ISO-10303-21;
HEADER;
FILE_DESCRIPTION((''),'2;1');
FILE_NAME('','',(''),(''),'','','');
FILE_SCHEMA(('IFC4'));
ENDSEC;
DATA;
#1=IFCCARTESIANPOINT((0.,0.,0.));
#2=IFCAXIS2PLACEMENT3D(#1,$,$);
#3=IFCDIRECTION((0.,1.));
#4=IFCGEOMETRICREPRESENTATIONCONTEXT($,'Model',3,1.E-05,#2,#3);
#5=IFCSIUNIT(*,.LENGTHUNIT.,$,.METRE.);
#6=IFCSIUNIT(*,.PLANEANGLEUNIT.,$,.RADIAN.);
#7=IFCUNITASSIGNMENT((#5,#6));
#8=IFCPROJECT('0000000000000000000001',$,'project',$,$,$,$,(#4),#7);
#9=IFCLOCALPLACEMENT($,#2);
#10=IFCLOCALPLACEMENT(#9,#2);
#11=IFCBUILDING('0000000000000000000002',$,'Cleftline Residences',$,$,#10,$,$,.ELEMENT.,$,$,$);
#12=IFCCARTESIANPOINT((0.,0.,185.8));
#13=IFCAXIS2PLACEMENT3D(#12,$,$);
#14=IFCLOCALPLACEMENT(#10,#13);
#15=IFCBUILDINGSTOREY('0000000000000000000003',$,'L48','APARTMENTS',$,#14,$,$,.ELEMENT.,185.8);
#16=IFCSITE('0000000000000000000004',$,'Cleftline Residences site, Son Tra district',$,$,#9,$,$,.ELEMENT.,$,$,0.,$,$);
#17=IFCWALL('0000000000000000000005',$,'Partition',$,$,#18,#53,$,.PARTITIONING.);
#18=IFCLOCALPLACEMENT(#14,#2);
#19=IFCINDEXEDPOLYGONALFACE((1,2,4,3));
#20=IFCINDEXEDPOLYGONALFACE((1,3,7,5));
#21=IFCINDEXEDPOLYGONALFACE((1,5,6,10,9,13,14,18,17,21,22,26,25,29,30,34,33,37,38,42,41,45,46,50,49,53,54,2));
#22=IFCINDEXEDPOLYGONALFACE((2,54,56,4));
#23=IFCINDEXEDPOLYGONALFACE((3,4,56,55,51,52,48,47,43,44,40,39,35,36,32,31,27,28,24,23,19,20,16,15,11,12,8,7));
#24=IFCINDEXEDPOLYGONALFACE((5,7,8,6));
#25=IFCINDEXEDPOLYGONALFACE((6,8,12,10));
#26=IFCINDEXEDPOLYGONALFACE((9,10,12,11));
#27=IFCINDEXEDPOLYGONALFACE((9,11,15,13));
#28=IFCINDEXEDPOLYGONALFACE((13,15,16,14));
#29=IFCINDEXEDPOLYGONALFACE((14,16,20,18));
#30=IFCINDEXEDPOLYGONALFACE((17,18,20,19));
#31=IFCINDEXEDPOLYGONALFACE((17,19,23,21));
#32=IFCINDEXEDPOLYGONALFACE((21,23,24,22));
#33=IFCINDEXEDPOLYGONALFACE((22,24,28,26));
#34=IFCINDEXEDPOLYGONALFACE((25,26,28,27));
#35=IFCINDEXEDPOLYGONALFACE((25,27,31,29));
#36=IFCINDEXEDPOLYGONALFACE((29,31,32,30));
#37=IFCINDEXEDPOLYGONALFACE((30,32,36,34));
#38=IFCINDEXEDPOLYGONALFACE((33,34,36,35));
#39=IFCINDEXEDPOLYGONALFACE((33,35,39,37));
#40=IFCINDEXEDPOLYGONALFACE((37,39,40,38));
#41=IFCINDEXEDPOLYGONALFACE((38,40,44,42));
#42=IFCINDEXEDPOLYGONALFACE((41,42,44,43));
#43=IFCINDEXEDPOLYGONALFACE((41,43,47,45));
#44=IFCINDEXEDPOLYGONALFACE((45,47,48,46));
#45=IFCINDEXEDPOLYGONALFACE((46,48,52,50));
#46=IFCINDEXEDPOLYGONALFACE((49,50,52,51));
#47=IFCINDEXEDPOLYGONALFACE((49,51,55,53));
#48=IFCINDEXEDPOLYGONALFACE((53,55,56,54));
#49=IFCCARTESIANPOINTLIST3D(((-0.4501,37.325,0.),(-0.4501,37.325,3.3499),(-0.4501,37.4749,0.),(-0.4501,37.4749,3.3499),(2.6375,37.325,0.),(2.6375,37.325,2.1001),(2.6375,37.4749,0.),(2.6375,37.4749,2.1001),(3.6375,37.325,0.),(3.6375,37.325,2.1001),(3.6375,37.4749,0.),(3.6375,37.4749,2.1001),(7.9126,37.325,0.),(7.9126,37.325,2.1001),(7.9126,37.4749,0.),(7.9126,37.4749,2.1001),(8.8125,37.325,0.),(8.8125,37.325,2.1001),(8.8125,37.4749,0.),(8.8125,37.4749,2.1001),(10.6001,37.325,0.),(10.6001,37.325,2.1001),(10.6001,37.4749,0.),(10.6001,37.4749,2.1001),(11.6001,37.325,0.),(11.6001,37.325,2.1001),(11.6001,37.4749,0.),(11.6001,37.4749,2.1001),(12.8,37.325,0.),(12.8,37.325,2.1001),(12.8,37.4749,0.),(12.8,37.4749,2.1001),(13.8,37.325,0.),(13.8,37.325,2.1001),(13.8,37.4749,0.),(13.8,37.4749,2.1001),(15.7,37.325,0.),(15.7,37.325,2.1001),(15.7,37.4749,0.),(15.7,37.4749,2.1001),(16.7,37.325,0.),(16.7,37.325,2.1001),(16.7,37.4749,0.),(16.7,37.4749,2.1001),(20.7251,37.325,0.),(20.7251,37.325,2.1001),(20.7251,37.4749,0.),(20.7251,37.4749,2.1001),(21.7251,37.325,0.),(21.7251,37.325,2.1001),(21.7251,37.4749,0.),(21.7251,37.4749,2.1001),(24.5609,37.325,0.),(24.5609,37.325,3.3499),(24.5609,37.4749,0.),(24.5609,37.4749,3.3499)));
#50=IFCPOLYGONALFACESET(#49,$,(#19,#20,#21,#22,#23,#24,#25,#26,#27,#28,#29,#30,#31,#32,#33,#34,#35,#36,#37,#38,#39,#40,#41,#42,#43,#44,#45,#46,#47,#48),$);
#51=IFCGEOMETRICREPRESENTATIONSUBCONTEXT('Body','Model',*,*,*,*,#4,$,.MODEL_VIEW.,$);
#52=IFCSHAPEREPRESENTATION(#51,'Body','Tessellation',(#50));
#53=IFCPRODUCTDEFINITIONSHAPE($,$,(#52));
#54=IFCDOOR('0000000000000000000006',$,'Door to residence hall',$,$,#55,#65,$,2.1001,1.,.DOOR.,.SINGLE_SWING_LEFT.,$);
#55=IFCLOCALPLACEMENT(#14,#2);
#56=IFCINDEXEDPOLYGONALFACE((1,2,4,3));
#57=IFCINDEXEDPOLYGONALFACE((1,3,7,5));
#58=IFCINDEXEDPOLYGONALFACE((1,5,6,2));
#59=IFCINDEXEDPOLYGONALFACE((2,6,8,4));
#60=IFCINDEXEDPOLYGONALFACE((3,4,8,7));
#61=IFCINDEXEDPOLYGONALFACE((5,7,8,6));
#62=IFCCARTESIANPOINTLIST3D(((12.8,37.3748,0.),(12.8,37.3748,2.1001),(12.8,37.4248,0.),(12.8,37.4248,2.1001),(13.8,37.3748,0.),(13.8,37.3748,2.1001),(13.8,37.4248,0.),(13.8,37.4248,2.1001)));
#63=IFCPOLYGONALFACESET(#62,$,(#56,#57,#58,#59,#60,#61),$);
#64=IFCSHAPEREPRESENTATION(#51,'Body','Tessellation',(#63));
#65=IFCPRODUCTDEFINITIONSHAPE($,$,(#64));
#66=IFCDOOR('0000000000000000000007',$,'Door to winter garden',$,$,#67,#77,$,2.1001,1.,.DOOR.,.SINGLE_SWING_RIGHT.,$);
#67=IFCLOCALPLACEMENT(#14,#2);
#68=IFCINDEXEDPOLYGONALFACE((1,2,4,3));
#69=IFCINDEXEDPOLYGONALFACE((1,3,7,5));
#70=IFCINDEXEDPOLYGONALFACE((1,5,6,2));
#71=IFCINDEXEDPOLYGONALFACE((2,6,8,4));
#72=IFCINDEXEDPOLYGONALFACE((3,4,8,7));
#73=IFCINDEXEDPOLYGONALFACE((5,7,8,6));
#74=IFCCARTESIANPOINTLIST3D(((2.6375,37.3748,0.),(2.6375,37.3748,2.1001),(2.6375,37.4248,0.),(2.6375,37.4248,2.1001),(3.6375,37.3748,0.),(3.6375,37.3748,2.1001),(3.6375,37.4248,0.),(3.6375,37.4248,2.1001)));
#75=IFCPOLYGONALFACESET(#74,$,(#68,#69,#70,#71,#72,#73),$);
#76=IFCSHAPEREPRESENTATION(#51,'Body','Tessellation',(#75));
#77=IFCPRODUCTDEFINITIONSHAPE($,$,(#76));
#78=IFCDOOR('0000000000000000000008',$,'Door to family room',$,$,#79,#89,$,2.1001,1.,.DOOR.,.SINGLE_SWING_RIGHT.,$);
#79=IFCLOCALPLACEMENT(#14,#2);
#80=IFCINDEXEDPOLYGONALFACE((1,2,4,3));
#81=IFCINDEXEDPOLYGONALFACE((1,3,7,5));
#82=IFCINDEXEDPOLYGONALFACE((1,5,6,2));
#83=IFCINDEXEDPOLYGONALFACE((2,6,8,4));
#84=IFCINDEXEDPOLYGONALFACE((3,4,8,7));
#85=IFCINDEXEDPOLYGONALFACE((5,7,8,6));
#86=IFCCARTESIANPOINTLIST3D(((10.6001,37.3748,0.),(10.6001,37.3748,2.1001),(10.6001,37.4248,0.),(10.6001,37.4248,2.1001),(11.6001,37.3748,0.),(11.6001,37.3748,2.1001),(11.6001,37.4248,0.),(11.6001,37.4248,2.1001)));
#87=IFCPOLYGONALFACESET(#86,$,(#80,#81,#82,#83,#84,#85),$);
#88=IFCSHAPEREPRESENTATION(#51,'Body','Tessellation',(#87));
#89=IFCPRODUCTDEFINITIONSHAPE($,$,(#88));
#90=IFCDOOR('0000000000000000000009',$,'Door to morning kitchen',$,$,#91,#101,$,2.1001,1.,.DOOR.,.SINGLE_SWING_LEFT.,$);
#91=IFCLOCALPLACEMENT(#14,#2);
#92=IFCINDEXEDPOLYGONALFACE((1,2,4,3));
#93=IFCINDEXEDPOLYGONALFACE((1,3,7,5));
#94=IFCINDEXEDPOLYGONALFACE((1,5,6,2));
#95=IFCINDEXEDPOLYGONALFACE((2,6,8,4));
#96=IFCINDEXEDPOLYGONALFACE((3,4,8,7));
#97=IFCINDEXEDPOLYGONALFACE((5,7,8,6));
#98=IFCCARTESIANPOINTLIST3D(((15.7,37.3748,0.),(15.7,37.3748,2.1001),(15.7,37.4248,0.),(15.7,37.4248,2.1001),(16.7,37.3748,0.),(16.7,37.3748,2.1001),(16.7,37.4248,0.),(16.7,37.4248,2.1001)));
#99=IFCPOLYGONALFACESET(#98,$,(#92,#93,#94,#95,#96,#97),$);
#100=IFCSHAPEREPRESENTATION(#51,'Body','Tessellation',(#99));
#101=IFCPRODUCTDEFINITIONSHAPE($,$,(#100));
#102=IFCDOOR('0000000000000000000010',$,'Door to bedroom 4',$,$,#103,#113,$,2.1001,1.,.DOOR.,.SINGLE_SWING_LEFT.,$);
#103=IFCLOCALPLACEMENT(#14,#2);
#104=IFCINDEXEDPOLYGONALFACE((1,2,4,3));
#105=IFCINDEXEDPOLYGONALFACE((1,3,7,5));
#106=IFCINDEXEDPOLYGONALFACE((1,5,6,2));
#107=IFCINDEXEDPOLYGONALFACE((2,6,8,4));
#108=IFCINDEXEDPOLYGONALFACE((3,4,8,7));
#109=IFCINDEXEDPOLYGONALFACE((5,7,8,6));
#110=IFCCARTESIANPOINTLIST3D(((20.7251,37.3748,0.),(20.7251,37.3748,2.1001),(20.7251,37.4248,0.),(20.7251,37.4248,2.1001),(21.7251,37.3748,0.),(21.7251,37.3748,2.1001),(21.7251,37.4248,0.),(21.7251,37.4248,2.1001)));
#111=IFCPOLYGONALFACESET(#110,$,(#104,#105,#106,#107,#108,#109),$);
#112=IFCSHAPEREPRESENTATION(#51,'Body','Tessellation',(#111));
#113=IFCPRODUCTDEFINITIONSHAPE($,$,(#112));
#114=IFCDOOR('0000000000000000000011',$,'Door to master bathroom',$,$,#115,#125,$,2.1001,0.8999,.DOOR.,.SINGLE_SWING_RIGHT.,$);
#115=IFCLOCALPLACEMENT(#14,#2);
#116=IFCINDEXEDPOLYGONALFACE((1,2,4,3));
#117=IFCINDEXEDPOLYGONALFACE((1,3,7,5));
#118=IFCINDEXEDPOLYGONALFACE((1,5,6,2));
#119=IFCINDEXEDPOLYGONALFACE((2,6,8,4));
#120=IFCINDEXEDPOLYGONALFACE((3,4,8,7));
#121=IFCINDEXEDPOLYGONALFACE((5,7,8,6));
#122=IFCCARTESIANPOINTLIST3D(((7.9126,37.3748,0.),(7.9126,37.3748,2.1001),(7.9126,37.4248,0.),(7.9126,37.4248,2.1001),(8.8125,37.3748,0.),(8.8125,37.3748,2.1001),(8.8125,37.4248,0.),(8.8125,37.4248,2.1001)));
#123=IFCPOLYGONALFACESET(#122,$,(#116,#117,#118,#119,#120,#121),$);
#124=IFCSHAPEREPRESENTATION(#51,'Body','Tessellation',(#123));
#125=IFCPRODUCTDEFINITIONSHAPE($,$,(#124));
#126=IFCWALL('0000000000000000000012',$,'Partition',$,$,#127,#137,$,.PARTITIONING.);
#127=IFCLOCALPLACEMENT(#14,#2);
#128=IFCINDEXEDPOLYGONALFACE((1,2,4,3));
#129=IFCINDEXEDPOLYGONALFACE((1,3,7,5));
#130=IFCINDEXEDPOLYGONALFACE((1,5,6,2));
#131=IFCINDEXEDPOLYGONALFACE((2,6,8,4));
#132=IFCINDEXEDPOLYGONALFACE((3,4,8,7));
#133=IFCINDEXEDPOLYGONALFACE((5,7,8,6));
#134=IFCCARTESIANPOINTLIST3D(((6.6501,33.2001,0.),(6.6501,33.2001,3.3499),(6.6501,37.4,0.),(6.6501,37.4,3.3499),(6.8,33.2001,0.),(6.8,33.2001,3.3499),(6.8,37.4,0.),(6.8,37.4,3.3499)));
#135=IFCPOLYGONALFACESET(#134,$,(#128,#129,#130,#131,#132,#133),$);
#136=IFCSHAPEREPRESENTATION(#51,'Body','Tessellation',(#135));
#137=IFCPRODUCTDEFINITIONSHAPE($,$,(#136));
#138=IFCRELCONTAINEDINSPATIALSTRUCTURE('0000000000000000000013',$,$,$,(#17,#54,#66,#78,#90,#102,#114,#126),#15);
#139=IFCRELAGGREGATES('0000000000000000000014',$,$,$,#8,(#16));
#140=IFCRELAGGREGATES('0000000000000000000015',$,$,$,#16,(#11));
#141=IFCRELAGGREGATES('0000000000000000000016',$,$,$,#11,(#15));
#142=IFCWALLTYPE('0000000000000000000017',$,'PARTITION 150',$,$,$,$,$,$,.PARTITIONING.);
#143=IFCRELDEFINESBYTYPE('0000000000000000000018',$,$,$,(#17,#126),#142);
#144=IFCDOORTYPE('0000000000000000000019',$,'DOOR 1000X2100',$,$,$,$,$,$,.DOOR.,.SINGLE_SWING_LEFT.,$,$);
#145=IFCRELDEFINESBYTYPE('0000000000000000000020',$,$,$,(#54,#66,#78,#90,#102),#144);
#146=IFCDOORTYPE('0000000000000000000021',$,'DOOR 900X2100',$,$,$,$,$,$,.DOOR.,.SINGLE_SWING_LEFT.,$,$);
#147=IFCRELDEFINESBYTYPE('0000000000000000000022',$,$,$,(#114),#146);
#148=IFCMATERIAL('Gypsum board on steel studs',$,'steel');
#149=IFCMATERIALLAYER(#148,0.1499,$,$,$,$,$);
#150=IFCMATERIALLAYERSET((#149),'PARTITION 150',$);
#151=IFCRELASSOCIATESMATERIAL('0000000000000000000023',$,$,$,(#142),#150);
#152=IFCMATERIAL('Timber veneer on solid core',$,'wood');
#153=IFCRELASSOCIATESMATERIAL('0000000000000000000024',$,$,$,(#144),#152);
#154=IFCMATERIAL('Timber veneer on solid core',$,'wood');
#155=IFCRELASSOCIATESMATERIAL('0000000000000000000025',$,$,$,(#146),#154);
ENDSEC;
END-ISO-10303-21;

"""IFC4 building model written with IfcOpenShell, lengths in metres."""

from ifc_helpers import new_model, si_unit, direction, frame, frame_2d, origin, place, context, subcontext, project, spatial, rectangle, extrude, material, layer, layer_set, type_object, element, fill, save


model = new_model("IFC4")

# Units and contexts
model_context = context("Model", 3, precision=1e-05, world=origin(), true_north=direction((0.0, 1.0)))
body_context = subcontext(model_context, "Body", "Model", "MODEL_VIEW")
ifc_project = project(units=[si_unit("LENGTHUNIT", "METRE"), si_unit("PLANEANGLEUNIT", "RADIAN")], contexts=[model_context])

# Site, building, storey
site_placement = place(None, origin())
site = spatial("IfcSite", under=ifc_project, at=site_placement, Name="Cleftline Residences site, Son Tra district", CompositionType="ELEMENT", RefElevation=0.0)
building_placement = place(site_placement, origin())
building = spatial("IfcBuilding", under=site, at=building_placement, Name="Cleftline Residences", CompositionType="ELEMENT")
storey_placement = place(building_placement, frame((0.0, 0.0, 185.8)))
storey = spatial("IfcBuildingStorey", under=building, at=storey_placement, Name="L48", Description="APARTMENTS", CompositionType="ELEMENT", Elevation=185.8)

# Shared definitions
ifc_material_1 = material(Name="Gypsum board on steel studs", Category="steel")
ifc_layer = layer(ifc_material_1, 0.1499)
ifc_layer_set = layer_set([ifc_layer], Name="PARTITION 150")
wall_type = type_object("IfcWallType", Name="PARTITION 150", PredefinedType="PARTITIONING", material=ifc_layer_set)

# Wall, openings, doors
wall_1_placement = place(storey_placement, frame((-0.45, 37.3999, 0.0), z_axis=(0.0, 0.0, 1.0), x_axis=(1.0, 0.0, 0.0)))
wall_1 = element("IfcWall", 1, at=wall_1_placement, inside=storey, type_object=wall_type, Name="Partition", PredefinedType="PARTITIONING", context=body_context, shape_type="SweptSolid", body=[
    extrude(rectangle(XDim=25.011, YDim=0.1499, at=frame_2d((12.5054, 0.0))), origin(), (0.0, 0.0, 1.0), 3.3499),
])
opening_1_placement = place(wall_1_placement, frame((13.25, 0.0, 0.0)))
opening_1 = element("IfcOpeningElement", 2, at=opening_1_placement, cuts=wall_1, PredefinedType="OPENING", context=body_context, shape_type="SweptSolid", body=[
    extrude(rectangle(XDim=1.0, YDim=2.1001, at=frame_2d((0.5, 1.05))), frame((0.0, 0.085, 0.0), z_axis=(0.0, -1.0, 0.0), x_axis=(1.0, 0.0, 0.0)), (0.0, 0.0, 1.0), 0.1699),
])
opening_2_placement = place(wall_1_placement, frame((3.0874, 0.0, 0.0)))
opening_2 = element("IfcOpeningElement", 3, at=opening_2_placement, cuts=wall_1, PredefinedType="OPENING", context=body_context, shape_type="SweptSolid", body=[
    extrude(rectangle(XDim=1.0, YDim=2.1001, at=frame_2d((0.5, 1.05))), frame((0.0, 0.085, 0.0), z_axis=(0.0, -1.0, 0.0), x_axis=(1.0, 0.0, 0.0)), (0.0, 0.0, 1.0), 0.1699),
])
opening_3_placement = place(wall_1_placement, frame((8.3625, 0.0, 0.0)))
opening_3 = element("IfcOpeningElement", 4, at=opening_3_placement, cuts=wall_1, PredefinedType="OPENING", context=body_context, shape_type="SweptSolid", body=[
    extrude(rectangle(XDim=0.8999, YDim=2.1001, at=frame_2d((0.45, 1.05))), frame((0.0, 0.085, 0.0), z_axis=(0.0, -1.0, 0.0), x_axis=(1.0, 0.0, 0.0)), (0.0, 0.0, 1.0), 0.1699),
])
opening_4_placement = place(wall_1_placement, frame((11.05, 0.0, 0.0)))
opening_4 = element("IfcOpeningElement", 5, at=opening_4_placement, cuts=wall_1, PredefinedType="OPENING", context=body_context, shape_type="SweptSolid", body=[
    extrude(rectangle(XDim=1.0, YDim=2.1001, at=frame_2d((0.5, 1.05))), frame((0.0, 0.085, 0.0), z_axis=(0.0, -1.0, 0.0), x_axis=(1.0, 0.0, 0.0)), (0.0, 0.0, 1.0), 0.1699),
])
opening_5_placement = place(wall_1_placement, frame((16.1499, 0.0, 0.0)))
opening_5 = element("IfcOpeningElement", 6, at=opening_5_placement, cuts=wall_1, PredefinedType="OPENING", context=body_context, shape_type="SweptSolid", body=[
    extrude(rectangle(XDim=1.0, YDim=2.1001, at=frame_2d((0.5, 1.05))), frame((0.0, 0.085, 0.0), z_axis=(0.0, -1.0, 0.0), x_axis=(1.0, 0.0, 0.0)), (0.0, 0.0, 1.0), 0.1699),
])
opening_6_placement = place(wall_1_placement, frame((21.175, 0.0, 0.0)))
opening_6 = element("IfcOpeningElement", 7, at=opening_6_placement, cuts=wall_1, PredefinedType="OPENING", context=body_context, shape_type="SweptSolid", body=[
    extrude(rectangle(XDim=1.0, YDim=2.1001, at=frame_2d((0.5, 1.05))), frame((0.0, 0.085, 0.0), z_axis=(0.0, -1.0, 0.0), x_axis=(1.0, 0.0, 0.0)), (0.0, 0.0, 1.0), 0.1699),
])
ifc_material_2 = material(Name="Timber veneer on solid core", Category="wood")
door_type_1 = type_object("IfcDoorType", Name="DOOR 1000X2100", OperationType="SINGLE_SWING_LEFT", PredefinedType="DOOR", material=ifc_material_2)
door_1_placement = place(opening_1_placement, origin())
door_1 = element("IfcDoor", 8, at=door_1_placement, inside=storey, type_object=door_type_1, Name="Door to residence hall", OperationType="SINGLE_SWING_LEFT", OverallHeight=2.1001, OverallWidth=1.0, PredefinedType="DOOR", context=body_context, shape_type="SweptSolid", body=[
    extrude(rectangle(XDim=1.0, YDim=2.1001, at=frame_2d((0.5, 1.05))), frame((0.0, 0.0249, 0.0), z_axis=(0.0, -1.0, 0.0), x_axis=(1.0, 0.0, 0.0)), (0.0, 0.0, 1.0), 0.05),
])
fill(opening_1, door_1)
door_2_placement = place(opening_2_placement, origin())
door_2 = element("IfcDoor", 9, at=door_2_placement, inside=storey, type_object=door_type_1, Name="Door to winter garden", OperationType="SINGLE_SWING_RIGHT", OverallHeight=2.1001, OverallWidth=1.0, PredefinedType="DOOR", context=body_context, shape_type="SweptSolid", body=[
    extrude(rectangle(XDim=1.0, YDim=2.1001, at=frame_2d((0.5, 1.05))), frame((0.0, 0.0249, 0.0), z_axis=(0.0, -1.0, 0.0), x_axis=(1.0, 0.0, 0.0)), (0.0, 0.0, 1.0), 0.05),
])
fill(opening_2, door_2)
door_3_placement = place(opening_4_placement, origin())
door_3 = element("IfcDoor", 10, at=door_3_placement, inside=storey, type_object=door_type_1, Name="Door to family room", OperationType="SINGLE_SWING_RIGHT", OverallHeight=2.1001, OverallWidth=1.0, PredefinedType="DOOR", context=body_context, shape_type="SweptSolid", body=[
    extrude(rectangle(XDim=1.0, YDim=2.1001, at=frame_2d((0.5, 1.05))), frame((0.0, 0.0249, 0.0), z_axis=(0.0, -1.0, 0.0), x_axis=(1.0, 0.0, 0.0)), (0.0, 0.0, 1.0), 0.05),
])
fill(opening_4, door_3)
door_4_placement = place(opening_5_placement, origin())
door_4 = element("IfcDoor", 11, at=door_4_placement, inside=storey, type_object=door_type_1, Name="Door to morning kitchen", OperationType="SINGLE_SWING_LEFT", OverallHeight=2.1001, OverallWidth=1.0, PredefinedType="DOOR", context=body_context, shape_type="SweptSolid", body=[
    extrude(rectangle(XDim=1.0, YDim=2.1001, at=frame_2d((0.5, 1.05))), frame((0.0, 0.0249, 0.0), z_axis=(0.0, -1.0, 0.0), x_axis=(1.0, 0.0, 0.0)), (0.0, 0.0, 1.0), 0.05),
])
fill(opening_5, door_4)
door_5_placement = place(opening_6_placement, origin())
door_5 = element("IfcDoor", 12, at=door_5_placement, inside=storey, type_object=door_type_1, Name="Door to bedroom 4", OperationType="SINGLE_SWING_LEFT", OverallHeight=2.1001, OverallWidth=1.0, PredefinedType="DOOR", context=body_context, shape_type="SweptSolid", body=[
    extrude(rectangle(XDim=1.0, YDim=2.1001, at=frame_2d((0.5, 1.05))), frame((0.0, 0.0249, 0.0), z_axis=(0.0, -1.0, 0.0), x_axis=(1.0, 0.0, 0.0)), (0.0, 0.0, 1.0), 0.05),
])
fill(opening_6, door_5)
ifc_material_3 = material(Name="Timber veneer on solid core", Category="wood")
door_type_2 = type_object("IfcDoorType", Name="DOOR 900X2100", OperationType="SINGLE_SWING_LEFT", PredefinedType="DOOR", material=ifc_material_3)
door_6_placement = place(opening_3_placement, origin())
door_6 = element("IfcDoor", 13, at=door_6_placement, inside=storey, type_object=door_type_2, Name="Door to master bathroom", OperationType="SINGLE_SWING_RIGHT", OverallHeight=2.1001, OverallWidth=0.8999, PredefinedType="DOOR", context=body_context, shape_type="SweptSolid", body=[
    extrude(rectangle(XDim=0.8999, YDim=2.1001, at=frame_2d((0.45, 1.05))), frame((0.0, 0.0249, 0.0), z_axis=(0.0, -1.0, 0.0), x_axis=(1.0, 0.0, 0.0)), (0.0, 0.0, 1.0), 0.05),
])
fill(opening_3, door_6)

# Wall
wall_2_placement = place(storey_placement, frame((6.7251, 33.2, 0.0), z_axis=(0.0, 0.0, 1.0), x_axis=(0.0, 1.0, 0.0)))
element("IfcWall", 14, at=wall_2_placement, inside=storey, type_object=wall_type, Name="Partition", PredefinedType="PARTITIONING", context=body_context, shape_type="SweptSolid", body=[
    extrude(rectangle(XDim=4.2, YDim=0.1499, at=frame_2d((2.1001, 0.0))), origin(), (0.0, 0.0, 1.0), 3.3499),
])

save(model, "model.ifc")
